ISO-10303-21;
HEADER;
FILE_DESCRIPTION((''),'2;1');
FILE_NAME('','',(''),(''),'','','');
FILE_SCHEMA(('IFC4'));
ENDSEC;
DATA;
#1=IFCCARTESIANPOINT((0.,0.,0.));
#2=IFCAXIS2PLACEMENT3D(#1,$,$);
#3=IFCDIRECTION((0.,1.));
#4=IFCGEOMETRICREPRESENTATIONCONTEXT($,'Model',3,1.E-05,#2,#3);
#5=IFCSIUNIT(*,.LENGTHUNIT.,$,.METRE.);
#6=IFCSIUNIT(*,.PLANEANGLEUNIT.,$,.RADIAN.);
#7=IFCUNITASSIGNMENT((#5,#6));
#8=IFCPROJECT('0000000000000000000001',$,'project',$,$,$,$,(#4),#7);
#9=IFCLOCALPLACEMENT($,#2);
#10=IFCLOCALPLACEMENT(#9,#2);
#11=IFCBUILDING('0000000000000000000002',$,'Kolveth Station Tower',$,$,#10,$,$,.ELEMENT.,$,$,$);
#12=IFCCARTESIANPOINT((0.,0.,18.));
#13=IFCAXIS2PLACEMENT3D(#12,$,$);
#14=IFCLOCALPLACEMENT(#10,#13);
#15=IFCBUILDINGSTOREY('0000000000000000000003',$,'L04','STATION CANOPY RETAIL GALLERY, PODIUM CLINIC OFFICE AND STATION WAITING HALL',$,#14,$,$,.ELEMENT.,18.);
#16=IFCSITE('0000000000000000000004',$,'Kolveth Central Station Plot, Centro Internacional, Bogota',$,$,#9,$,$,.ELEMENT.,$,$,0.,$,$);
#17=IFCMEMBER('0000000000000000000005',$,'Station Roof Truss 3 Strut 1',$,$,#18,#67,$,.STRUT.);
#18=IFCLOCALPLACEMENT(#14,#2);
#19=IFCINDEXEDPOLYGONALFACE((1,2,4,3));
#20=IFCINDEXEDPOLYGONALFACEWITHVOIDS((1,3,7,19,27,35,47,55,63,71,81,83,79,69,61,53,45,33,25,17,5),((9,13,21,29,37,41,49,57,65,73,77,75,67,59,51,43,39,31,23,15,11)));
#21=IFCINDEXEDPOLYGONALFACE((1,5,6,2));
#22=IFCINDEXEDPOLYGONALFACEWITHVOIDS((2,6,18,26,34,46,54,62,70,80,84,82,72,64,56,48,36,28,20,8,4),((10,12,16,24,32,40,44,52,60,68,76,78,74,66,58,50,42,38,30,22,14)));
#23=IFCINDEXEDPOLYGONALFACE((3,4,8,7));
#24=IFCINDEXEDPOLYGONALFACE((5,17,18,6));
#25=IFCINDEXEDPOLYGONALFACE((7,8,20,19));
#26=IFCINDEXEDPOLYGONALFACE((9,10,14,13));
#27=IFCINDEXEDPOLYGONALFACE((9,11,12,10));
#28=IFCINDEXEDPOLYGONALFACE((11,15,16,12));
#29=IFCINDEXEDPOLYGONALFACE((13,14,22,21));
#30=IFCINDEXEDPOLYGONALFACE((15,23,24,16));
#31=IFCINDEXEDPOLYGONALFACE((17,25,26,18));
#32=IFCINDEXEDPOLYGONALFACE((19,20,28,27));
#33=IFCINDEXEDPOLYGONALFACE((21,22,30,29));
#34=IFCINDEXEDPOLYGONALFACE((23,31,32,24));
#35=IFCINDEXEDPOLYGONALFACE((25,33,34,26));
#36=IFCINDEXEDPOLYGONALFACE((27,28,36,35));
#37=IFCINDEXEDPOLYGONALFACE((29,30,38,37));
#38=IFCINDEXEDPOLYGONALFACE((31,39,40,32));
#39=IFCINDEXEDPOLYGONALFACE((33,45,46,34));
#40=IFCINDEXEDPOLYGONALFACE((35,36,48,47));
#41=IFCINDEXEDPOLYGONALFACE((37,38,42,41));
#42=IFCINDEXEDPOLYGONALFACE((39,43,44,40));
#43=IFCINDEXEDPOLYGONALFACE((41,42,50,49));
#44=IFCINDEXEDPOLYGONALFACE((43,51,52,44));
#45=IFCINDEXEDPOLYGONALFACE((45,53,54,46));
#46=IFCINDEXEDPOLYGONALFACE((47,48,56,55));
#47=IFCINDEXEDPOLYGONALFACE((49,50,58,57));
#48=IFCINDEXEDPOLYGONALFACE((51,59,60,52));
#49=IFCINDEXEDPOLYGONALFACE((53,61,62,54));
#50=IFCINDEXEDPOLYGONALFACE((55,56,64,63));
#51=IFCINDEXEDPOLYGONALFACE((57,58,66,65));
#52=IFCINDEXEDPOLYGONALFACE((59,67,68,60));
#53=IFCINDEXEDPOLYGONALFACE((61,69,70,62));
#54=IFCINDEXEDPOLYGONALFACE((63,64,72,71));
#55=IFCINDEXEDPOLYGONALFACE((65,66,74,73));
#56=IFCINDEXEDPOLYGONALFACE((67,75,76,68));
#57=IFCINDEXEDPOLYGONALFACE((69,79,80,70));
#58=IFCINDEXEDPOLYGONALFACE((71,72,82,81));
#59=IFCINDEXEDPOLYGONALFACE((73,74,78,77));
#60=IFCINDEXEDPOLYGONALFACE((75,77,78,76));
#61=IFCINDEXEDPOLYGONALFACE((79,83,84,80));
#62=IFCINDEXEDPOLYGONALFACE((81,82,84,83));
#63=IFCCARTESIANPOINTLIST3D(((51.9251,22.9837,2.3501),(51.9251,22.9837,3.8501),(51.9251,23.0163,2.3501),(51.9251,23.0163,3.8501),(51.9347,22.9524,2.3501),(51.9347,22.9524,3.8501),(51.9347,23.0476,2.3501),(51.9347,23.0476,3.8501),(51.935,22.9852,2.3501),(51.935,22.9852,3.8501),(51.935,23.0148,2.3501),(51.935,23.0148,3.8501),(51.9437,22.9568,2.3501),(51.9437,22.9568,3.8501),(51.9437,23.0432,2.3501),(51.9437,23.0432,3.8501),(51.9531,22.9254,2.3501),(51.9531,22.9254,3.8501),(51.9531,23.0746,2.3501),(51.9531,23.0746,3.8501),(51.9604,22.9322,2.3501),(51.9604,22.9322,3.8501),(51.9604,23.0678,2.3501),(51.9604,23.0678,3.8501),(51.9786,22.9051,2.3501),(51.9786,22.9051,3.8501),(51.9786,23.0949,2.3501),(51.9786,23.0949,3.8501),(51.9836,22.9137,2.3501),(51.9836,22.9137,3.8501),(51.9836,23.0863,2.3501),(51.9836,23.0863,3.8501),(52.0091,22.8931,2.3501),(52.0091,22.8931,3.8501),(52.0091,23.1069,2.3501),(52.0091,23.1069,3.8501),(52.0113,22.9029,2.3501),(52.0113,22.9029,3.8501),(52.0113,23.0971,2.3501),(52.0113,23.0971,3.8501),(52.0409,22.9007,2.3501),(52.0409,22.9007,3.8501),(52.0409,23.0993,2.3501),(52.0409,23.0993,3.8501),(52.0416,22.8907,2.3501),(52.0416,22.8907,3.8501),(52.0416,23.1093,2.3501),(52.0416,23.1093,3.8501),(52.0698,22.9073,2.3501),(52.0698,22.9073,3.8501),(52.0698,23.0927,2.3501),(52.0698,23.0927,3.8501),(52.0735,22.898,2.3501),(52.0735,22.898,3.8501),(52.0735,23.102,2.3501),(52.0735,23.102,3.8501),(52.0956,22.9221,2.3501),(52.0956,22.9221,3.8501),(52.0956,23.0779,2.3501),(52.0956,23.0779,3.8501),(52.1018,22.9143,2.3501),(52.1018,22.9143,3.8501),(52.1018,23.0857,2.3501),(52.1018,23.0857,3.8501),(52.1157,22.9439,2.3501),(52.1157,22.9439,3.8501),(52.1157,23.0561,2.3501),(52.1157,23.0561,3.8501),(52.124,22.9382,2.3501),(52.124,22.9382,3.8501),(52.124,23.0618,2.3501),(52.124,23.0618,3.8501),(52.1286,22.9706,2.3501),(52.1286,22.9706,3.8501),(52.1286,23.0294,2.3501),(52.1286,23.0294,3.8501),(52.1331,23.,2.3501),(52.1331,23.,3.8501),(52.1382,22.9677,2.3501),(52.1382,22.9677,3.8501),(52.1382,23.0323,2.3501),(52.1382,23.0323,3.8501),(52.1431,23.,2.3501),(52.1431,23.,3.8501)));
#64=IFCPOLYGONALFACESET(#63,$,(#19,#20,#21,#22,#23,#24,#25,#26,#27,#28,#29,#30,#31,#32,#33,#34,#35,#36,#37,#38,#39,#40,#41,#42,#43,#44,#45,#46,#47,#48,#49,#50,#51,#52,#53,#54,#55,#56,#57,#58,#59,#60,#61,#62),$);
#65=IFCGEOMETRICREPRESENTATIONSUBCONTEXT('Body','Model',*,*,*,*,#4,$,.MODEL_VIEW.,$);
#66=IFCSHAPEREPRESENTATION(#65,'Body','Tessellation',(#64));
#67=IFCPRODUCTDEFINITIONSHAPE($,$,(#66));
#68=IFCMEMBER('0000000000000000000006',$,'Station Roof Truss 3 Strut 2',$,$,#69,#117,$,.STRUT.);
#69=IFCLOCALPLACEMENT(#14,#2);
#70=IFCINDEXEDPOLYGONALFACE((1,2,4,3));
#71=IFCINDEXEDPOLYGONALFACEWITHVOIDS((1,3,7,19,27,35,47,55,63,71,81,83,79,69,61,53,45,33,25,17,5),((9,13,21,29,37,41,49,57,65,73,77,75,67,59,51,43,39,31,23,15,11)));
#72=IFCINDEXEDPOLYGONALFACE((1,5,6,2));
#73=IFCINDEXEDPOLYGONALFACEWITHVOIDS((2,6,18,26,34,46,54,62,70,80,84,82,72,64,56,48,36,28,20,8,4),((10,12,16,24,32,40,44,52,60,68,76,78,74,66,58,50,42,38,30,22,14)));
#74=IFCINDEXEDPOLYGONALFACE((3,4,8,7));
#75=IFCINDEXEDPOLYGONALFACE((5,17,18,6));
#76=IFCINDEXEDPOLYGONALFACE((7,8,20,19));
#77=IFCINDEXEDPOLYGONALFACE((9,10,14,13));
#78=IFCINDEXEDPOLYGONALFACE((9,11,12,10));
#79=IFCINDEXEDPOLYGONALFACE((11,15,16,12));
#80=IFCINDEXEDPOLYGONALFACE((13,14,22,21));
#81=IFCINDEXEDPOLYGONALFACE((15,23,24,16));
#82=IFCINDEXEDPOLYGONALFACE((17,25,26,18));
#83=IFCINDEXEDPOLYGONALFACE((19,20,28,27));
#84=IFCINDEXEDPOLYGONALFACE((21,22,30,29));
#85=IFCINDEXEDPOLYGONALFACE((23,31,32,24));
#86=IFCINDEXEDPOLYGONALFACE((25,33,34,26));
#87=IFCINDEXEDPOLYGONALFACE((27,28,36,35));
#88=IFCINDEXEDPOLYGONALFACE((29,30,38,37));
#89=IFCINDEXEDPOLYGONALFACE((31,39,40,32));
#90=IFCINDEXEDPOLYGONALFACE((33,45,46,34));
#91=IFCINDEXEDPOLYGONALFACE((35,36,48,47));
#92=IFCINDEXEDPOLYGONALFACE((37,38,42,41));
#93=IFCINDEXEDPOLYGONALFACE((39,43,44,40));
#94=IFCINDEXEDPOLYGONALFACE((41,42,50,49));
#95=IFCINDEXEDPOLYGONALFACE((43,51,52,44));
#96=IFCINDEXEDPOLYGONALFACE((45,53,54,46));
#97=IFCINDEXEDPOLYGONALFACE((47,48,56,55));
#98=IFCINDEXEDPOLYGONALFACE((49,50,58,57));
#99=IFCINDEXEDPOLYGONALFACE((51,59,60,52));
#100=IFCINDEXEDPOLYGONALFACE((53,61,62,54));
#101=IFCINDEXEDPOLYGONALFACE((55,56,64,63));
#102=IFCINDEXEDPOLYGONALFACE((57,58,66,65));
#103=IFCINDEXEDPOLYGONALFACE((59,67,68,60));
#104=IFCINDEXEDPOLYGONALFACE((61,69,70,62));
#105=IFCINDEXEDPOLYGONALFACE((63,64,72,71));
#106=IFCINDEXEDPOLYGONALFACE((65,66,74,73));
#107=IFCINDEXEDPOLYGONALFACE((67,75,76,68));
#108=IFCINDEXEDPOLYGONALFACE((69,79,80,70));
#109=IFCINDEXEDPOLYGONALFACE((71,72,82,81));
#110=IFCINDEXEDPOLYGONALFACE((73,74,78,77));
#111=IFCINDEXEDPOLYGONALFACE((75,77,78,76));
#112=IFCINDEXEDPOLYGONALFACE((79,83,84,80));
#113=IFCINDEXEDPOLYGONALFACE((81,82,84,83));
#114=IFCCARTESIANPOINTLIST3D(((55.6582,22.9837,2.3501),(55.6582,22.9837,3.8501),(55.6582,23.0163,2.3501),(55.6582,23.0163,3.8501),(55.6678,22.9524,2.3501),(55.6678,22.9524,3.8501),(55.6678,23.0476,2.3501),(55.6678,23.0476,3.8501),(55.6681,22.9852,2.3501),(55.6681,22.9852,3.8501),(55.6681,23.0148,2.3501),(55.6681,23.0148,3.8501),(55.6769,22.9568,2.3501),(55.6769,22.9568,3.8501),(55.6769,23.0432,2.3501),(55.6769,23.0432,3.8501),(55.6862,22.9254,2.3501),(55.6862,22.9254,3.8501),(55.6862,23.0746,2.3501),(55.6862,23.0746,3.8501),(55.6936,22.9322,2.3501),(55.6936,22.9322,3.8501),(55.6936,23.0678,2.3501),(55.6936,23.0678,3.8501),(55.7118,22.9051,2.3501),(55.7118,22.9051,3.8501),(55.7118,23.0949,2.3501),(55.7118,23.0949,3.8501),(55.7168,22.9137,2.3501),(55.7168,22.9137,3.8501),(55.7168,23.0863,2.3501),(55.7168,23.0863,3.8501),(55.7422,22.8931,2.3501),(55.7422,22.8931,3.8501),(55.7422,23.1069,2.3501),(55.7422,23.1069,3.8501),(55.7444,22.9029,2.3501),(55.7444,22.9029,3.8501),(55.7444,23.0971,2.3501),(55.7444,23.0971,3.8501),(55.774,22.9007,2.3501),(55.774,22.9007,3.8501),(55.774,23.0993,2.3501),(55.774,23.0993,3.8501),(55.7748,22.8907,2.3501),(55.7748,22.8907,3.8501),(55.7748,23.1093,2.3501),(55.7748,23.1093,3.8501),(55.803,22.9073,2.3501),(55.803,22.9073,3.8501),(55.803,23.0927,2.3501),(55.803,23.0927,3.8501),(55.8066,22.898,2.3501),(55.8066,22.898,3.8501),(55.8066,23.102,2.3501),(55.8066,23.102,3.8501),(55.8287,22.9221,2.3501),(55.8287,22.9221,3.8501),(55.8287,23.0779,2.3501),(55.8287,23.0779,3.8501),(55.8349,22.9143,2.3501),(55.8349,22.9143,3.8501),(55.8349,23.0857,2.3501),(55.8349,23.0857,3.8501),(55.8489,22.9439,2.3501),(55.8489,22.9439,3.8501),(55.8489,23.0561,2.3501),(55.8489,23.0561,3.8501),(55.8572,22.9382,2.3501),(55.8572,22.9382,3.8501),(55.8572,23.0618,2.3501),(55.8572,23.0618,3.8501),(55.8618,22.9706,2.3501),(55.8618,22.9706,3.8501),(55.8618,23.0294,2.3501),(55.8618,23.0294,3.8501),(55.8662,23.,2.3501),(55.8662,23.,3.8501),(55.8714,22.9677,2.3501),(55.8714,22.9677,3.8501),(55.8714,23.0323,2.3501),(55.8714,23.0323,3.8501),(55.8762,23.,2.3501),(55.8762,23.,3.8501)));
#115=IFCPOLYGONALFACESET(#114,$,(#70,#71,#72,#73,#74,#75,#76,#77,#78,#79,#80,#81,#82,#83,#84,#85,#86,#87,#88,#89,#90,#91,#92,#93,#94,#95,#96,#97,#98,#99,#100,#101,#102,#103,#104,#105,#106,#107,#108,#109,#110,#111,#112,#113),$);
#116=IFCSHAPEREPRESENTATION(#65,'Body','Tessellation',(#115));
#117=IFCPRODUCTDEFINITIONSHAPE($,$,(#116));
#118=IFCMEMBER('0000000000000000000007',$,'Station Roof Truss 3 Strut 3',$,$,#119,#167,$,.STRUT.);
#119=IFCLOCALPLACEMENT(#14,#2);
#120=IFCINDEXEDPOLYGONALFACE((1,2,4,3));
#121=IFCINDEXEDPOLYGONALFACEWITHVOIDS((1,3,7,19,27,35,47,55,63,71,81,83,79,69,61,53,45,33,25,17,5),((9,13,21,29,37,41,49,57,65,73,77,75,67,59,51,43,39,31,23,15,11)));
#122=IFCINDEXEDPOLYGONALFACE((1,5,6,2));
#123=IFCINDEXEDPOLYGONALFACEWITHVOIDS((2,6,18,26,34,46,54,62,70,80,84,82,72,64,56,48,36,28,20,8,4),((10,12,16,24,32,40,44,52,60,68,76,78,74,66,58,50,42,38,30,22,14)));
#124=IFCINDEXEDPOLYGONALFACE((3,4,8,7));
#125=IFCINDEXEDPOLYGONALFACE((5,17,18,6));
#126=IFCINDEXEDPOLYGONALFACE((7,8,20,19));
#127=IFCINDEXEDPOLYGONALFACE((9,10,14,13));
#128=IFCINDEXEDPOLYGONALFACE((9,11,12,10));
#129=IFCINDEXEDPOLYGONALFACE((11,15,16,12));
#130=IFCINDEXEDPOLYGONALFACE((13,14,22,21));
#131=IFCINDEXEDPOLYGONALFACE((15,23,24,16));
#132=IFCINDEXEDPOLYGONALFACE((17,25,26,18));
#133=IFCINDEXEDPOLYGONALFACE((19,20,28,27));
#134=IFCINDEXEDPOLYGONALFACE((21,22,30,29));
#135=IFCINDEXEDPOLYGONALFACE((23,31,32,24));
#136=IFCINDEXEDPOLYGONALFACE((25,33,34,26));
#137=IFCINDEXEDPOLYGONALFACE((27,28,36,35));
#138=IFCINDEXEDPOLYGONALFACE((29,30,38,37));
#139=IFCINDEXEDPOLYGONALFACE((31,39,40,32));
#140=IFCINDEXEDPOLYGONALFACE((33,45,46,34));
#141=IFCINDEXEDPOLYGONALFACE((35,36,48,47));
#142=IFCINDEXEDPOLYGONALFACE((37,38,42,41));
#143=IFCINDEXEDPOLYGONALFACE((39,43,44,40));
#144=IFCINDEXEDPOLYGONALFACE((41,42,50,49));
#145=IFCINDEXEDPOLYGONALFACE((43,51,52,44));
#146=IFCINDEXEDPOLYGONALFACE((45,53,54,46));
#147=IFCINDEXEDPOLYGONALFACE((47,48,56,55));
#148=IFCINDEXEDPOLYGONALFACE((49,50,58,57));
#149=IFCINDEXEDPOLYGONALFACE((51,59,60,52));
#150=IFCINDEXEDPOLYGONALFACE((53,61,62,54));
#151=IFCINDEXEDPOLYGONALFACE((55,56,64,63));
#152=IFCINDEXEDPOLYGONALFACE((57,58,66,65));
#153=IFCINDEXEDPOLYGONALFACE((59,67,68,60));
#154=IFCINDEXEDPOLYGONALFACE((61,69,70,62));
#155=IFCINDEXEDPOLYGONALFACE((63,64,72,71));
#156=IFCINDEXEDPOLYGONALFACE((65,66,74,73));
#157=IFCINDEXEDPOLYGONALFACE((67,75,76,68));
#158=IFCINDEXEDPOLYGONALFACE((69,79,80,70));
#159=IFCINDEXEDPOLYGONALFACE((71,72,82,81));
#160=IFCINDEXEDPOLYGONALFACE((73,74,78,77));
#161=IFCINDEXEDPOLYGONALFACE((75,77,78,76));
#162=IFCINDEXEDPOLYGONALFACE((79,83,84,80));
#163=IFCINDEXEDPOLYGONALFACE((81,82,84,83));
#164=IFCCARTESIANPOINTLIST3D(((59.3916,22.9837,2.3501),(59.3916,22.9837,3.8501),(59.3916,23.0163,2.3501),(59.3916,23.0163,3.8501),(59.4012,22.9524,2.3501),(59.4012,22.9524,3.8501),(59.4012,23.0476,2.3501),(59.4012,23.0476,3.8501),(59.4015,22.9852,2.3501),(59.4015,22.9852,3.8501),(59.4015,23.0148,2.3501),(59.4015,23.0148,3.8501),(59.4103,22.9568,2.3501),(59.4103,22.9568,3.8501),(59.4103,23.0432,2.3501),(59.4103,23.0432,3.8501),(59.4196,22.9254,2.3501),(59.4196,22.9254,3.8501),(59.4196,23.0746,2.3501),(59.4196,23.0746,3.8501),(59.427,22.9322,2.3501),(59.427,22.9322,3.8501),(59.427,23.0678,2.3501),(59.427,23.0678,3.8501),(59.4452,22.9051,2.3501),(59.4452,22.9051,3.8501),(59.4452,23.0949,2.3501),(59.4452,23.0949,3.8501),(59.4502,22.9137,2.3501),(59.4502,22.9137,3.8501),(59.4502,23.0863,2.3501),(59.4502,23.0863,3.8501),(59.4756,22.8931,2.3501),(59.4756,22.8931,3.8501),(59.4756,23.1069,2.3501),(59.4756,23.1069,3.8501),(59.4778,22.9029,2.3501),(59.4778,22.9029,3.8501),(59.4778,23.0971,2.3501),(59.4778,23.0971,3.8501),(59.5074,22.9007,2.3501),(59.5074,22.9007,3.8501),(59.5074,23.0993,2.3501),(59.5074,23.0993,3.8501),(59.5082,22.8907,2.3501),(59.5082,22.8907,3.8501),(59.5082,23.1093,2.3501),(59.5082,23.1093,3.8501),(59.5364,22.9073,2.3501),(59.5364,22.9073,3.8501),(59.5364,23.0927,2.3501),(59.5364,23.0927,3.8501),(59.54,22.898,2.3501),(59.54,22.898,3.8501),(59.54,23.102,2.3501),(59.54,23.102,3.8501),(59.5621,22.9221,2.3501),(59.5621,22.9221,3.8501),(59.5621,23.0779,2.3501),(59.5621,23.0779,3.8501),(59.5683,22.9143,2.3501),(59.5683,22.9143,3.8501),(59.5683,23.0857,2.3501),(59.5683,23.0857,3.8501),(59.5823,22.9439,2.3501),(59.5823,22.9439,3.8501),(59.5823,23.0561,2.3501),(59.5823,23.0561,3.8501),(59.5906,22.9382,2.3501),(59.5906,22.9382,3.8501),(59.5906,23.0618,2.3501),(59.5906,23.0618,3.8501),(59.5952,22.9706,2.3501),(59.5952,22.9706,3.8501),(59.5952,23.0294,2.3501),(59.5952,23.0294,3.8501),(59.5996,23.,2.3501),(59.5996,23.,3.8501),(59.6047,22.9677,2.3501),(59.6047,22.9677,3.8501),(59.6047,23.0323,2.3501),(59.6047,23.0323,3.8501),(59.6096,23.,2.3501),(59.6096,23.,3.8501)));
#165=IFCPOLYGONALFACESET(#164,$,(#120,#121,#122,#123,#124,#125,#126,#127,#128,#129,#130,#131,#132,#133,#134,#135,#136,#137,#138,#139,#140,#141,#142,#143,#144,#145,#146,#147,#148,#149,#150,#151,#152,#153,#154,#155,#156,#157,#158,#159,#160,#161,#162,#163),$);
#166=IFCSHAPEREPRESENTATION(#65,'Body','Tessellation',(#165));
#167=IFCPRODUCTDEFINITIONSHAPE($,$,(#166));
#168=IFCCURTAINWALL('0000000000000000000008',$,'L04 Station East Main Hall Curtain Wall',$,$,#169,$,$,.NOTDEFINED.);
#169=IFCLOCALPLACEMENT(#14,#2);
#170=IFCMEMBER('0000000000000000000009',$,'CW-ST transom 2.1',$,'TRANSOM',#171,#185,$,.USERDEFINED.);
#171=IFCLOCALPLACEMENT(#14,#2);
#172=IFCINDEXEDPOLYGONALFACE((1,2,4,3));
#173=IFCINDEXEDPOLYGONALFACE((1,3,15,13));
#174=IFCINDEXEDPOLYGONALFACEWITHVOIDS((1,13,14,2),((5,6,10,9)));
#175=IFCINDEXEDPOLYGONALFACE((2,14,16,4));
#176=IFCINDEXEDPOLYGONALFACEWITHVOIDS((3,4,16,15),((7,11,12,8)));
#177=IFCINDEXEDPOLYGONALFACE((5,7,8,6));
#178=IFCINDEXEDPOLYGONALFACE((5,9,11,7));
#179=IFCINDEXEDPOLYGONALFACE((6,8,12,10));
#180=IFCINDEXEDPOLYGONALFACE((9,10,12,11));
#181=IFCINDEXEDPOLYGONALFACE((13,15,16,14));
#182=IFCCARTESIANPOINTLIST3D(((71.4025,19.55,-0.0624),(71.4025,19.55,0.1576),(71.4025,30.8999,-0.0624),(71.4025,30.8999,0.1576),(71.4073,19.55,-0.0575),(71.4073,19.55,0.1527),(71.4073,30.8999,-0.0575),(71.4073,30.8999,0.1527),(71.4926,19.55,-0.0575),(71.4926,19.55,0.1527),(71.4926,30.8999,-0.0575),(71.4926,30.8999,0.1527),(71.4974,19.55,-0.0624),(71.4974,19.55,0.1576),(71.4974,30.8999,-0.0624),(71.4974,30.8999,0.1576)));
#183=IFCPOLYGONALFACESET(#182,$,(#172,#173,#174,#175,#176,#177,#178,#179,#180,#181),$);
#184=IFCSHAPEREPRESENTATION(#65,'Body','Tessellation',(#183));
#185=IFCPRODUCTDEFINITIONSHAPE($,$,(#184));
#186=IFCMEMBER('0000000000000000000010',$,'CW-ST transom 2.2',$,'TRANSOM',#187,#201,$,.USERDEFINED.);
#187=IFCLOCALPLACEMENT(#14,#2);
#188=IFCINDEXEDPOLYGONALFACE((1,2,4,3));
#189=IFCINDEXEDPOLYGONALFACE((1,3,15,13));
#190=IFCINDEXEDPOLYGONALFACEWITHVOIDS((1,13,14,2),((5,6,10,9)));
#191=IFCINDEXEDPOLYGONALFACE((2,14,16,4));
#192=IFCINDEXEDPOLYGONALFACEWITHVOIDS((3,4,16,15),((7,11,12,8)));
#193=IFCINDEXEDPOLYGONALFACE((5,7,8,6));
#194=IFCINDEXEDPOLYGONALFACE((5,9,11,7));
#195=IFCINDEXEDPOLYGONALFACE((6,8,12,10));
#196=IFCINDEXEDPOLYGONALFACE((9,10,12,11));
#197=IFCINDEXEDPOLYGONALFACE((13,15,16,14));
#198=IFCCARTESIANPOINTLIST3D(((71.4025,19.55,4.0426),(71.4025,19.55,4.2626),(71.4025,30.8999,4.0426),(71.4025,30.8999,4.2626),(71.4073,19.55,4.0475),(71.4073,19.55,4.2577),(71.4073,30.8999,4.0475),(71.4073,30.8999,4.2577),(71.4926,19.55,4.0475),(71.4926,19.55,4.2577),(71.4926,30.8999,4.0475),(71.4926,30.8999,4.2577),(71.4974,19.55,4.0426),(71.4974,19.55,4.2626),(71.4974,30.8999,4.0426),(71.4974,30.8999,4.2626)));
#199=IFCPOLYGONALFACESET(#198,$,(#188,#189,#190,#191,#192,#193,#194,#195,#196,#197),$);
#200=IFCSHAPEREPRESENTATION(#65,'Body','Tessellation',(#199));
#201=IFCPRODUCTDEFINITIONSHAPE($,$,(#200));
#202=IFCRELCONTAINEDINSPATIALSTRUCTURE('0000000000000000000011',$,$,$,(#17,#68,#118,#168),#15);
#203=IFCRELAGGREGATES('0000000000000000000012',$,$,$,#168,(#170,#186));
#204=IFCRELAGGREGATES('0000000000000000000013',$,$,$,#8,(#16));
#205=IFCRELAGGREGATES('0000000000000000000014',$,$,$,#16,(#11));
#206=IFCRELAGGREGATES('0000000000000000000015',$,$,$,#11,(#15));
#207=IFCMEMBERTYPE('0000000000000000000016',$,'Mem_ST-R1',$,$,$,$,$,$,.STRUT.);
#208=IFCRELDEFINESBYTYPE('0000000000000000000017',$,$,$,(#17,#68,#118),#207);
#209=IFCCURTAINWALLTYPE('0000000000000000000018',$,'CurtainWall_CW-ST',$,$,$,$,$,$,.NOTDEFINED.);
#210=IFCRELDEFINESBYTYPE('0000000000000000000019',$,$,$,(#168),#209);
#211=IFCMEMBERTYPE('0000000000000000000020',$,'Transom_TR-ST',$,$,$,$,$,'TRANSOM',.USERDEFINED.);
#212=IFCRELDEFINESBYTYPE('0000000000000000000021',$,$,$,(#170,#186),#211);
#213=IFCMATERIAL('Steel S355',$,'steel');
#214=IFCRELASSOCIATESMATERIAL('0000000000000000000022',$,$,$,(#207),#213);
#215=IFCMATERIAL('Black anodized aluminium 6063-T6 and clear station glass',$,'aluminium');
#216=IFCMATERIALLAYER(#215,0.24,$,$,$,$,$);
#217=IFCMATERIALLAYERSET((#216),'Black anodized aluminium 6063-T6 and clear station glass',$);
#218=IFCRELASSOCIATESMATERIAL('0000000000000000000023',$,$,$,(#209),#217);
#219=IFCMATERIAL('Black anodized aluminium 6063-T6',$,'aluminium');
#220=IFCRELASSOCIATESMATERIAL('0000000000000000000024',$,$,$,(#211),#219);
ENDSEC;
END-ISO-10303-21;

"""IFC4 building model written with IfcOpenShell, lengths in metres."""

from ifc_helpers import new_model, si_unit, direction, frame, origin, origin_2d, place, context, subcontext, project, spatial, hollow_rectangle, hollow_circle, extrude, source, transform, mapped, material, layer, layer_set, material_profile, profile_set, type_object, element, aggregate, save


model = new_model("IFC4")

# Units and contexts
model_context = context("Model", 3, precision=1e-05, world=origin(), true_north=direction((0.0, 1.0)))
body_context = subcontext(model_context, "Body", "Model", "MODEL_VIEW")
ifc_project = project(units=[si_unit("LENGTHUNIT", "METRE"), si_unit("PLANEANGLEUNIT", "RADIAN")], contexts=[model_context])

# Site, building, storey
site_placement = place(None, origin())
site = spatial("IfcSite", under=ifc_project, at=site_placement, Name="Kolveth Central Station Plot, Centro Internacional, Bogota", CompositionType="ELEMENT", RefElevation=0.0)
building_placement = place(site_placement, origin())
building = spatial("IfcBuilding", under=site, at=building_placement, Name="Kolveth Station Tower", CompositionType="ELEMENT")
storey_placement = place(building_placement, frame((0.0, 0.0, 18.0)))
storey = spatial("IfcBuildingStorey", under=building, at=storey_placement, Name="L04", Description="STATION CANOPY RETAIL GALLERY, PODIUM CLINIC OFFICE AND STATION WAITING HALL", CompositionType="ELEMENT", Elevation=18.0)

# Shared definitions
ifc_material_1 = material(Name="Steel S355", Category="steel")

# Members
ifc_material_profile_1 = material_profile(ifc_material_1, hollow_circle(Radius=0.1096, WallThickness=0.01, at=origin_2d()), Name="CHS219x10")
ifc_profile_set_1 = profile_set([ifc_material_profile_1], Name="Steel S355")
member_type_1 = type_object("IfcMemberType", Name="Mem_ST-R1", PredefinedType="STRUT", material=ifc_profile_set_1)
shared_shape_1 = source(origin(), body_context, "Body", "SweptSolid", [
    extrude(hollow_circle(Radius=0.1096, WallThickness=0.01, at=origin_2d()), origin(), (0.0, 0.0, 1.0), 1.5),
])
for number, where, z_axis, x_axis, name in (
    (1, (52.0334, 23.0, 2.3501), (0.0, 0.0, 1.0), (1.0, 0.0, 0.0), "Station Roof Truss 3 Strut 1"),
    (2, (55.7666, 23.0, 2.3501), (0.0, 0.0, 1.0), (1.0, 0.0, 0.0), "Station Roof Truss 3 Strut 2"),
    (3, (59.5, 23.0, 2.3501), (0.0, 0.0, 1.0), (1.0, 0.0, 0.0), "Station Roof Truss 3 Strut 3"),
):
    element("IfcMember", number, at=place(storey_placement, frame(where, z_axis=z_axis, x_axis=x_axis)), inside=storey, type_object=member_type_1, Name=name, PredefinedType="STRUT", context=body_context, shape_type="MappedRepresentation", body=[
        mapped(shared_shape_1, transform((0.0, 0.0, 0.0), x_axis=(1.0, 0.0, 0.0), y_axis=(0.0, 1.0, 0.0), z_axis=(0.0, 0.0, 1.0), scale=1.0)),
    ])

# Curtain wall, members
ifc_material_2 = material(Name="Black anodized aluminium 6063-T6 and clear station glass", Category="aluminium")
ifc_layer_1 = layer(ifc_material_2, 0.24)
ifc_layer_set_1 = layer_set([ifc_layer_1], Name="Black anodized aluminium 6063-T6 and clear station glass")
curtain_wall_type = type_object("IfcCurtainWallType", Name="CurtainWall_CW-ST", PredefinedType="NOTDEFINED", material=ifc_layer_set_1)
curtain_wall_placement = place(storey_placement, origin())
curtain_wall = element("IfcCurtainWall", 4, at=curtain_wall_placement, inside=storey, type_object=curtain_wall_type, Name="L04 Station East Main Hall Curtain Wall", PredefinedType="NOTDEFINED")
ifc_material_3 = material(Name="Black anodized aluminium 6063-T6", Category="aluminium")
ifc_material_profile_2 = material_profile(ifc_material_3, hollow_rectangle(XDim=0.095, YDim=0.22, WallThickness=0.0049, at=origin_2d()), Name="ALU-95x220x5")
ifc_profile_set_2 = profile_set([ifc_material_profile_2], Name="Black anodized aluminium 6063-T6")
member_type_2 = type_object("IfcMemberType", Name="Transom_TR-ST", ElementType="TRANSOM", PredefinedType="USERDEFINED", material=ifc_profile_set_2)
shared_shape_2 = source(origin(), body_context, "Body", "SweptSolid", [
    extrude(hollow_rectangle(XDim=0.095, YDim=0.22, WallThickness=0.0049, at=origin_2d()), origin(), (0.0, 0.0, 1.0), 11.3499),
])
member_1_placement = place(storey_placement, frame((71.45, 19.55, 0.0476), z_axis=(0.0, 1.0, 0.0), x_axis=(-1.0, 0.0, 0.0)))
member_1 = element("IfcMember", 5, at=member_1_placement, type_object=member_type_2, Name="CW-ST transom 2.1", ObjectType="TRANSOM", PredefinedType="USERDEFINED", context=body_context, shape_type="MappedRepresentation", body=[
    mapped(shared_shape_2, transform((0.0, 0.0, 0.0), x_axis=(1.0, 0.0, 0.0), y_axis=(0.0, 1.0, 0.0), z_axis=(0.0, 0.0, 1.0), scale=1.0)),
])
member_2_placement = place(storey_placement, frame((71.45, 19.55, 4.1526), z_axis=(0.0, 1.0, 0.0), x_axis=(-1.0, 0.0, 0.0)))
member_2 = element("IfcMember", 6, at=member_2_placement, type_object=member_type_2, Name="CW-ST transom 2.2", ObjectType="TRANSOM", PredefinedType="USERDEFINED", context=body_context, shape_type="MappedRepresentation", body=[
    mapped(shared_shape_2, transform((0.0, 0.0, 0.0), x_axis=(1.0, 0.0, 0.0), y_axis=(0.0, 1.0, 0.0), z_axis=(0.0, 0.0, 1.0), scale=1.0)),
])

aggregate(curtain_wall, [member_1, member_2])

save(model, "model.ifc")
